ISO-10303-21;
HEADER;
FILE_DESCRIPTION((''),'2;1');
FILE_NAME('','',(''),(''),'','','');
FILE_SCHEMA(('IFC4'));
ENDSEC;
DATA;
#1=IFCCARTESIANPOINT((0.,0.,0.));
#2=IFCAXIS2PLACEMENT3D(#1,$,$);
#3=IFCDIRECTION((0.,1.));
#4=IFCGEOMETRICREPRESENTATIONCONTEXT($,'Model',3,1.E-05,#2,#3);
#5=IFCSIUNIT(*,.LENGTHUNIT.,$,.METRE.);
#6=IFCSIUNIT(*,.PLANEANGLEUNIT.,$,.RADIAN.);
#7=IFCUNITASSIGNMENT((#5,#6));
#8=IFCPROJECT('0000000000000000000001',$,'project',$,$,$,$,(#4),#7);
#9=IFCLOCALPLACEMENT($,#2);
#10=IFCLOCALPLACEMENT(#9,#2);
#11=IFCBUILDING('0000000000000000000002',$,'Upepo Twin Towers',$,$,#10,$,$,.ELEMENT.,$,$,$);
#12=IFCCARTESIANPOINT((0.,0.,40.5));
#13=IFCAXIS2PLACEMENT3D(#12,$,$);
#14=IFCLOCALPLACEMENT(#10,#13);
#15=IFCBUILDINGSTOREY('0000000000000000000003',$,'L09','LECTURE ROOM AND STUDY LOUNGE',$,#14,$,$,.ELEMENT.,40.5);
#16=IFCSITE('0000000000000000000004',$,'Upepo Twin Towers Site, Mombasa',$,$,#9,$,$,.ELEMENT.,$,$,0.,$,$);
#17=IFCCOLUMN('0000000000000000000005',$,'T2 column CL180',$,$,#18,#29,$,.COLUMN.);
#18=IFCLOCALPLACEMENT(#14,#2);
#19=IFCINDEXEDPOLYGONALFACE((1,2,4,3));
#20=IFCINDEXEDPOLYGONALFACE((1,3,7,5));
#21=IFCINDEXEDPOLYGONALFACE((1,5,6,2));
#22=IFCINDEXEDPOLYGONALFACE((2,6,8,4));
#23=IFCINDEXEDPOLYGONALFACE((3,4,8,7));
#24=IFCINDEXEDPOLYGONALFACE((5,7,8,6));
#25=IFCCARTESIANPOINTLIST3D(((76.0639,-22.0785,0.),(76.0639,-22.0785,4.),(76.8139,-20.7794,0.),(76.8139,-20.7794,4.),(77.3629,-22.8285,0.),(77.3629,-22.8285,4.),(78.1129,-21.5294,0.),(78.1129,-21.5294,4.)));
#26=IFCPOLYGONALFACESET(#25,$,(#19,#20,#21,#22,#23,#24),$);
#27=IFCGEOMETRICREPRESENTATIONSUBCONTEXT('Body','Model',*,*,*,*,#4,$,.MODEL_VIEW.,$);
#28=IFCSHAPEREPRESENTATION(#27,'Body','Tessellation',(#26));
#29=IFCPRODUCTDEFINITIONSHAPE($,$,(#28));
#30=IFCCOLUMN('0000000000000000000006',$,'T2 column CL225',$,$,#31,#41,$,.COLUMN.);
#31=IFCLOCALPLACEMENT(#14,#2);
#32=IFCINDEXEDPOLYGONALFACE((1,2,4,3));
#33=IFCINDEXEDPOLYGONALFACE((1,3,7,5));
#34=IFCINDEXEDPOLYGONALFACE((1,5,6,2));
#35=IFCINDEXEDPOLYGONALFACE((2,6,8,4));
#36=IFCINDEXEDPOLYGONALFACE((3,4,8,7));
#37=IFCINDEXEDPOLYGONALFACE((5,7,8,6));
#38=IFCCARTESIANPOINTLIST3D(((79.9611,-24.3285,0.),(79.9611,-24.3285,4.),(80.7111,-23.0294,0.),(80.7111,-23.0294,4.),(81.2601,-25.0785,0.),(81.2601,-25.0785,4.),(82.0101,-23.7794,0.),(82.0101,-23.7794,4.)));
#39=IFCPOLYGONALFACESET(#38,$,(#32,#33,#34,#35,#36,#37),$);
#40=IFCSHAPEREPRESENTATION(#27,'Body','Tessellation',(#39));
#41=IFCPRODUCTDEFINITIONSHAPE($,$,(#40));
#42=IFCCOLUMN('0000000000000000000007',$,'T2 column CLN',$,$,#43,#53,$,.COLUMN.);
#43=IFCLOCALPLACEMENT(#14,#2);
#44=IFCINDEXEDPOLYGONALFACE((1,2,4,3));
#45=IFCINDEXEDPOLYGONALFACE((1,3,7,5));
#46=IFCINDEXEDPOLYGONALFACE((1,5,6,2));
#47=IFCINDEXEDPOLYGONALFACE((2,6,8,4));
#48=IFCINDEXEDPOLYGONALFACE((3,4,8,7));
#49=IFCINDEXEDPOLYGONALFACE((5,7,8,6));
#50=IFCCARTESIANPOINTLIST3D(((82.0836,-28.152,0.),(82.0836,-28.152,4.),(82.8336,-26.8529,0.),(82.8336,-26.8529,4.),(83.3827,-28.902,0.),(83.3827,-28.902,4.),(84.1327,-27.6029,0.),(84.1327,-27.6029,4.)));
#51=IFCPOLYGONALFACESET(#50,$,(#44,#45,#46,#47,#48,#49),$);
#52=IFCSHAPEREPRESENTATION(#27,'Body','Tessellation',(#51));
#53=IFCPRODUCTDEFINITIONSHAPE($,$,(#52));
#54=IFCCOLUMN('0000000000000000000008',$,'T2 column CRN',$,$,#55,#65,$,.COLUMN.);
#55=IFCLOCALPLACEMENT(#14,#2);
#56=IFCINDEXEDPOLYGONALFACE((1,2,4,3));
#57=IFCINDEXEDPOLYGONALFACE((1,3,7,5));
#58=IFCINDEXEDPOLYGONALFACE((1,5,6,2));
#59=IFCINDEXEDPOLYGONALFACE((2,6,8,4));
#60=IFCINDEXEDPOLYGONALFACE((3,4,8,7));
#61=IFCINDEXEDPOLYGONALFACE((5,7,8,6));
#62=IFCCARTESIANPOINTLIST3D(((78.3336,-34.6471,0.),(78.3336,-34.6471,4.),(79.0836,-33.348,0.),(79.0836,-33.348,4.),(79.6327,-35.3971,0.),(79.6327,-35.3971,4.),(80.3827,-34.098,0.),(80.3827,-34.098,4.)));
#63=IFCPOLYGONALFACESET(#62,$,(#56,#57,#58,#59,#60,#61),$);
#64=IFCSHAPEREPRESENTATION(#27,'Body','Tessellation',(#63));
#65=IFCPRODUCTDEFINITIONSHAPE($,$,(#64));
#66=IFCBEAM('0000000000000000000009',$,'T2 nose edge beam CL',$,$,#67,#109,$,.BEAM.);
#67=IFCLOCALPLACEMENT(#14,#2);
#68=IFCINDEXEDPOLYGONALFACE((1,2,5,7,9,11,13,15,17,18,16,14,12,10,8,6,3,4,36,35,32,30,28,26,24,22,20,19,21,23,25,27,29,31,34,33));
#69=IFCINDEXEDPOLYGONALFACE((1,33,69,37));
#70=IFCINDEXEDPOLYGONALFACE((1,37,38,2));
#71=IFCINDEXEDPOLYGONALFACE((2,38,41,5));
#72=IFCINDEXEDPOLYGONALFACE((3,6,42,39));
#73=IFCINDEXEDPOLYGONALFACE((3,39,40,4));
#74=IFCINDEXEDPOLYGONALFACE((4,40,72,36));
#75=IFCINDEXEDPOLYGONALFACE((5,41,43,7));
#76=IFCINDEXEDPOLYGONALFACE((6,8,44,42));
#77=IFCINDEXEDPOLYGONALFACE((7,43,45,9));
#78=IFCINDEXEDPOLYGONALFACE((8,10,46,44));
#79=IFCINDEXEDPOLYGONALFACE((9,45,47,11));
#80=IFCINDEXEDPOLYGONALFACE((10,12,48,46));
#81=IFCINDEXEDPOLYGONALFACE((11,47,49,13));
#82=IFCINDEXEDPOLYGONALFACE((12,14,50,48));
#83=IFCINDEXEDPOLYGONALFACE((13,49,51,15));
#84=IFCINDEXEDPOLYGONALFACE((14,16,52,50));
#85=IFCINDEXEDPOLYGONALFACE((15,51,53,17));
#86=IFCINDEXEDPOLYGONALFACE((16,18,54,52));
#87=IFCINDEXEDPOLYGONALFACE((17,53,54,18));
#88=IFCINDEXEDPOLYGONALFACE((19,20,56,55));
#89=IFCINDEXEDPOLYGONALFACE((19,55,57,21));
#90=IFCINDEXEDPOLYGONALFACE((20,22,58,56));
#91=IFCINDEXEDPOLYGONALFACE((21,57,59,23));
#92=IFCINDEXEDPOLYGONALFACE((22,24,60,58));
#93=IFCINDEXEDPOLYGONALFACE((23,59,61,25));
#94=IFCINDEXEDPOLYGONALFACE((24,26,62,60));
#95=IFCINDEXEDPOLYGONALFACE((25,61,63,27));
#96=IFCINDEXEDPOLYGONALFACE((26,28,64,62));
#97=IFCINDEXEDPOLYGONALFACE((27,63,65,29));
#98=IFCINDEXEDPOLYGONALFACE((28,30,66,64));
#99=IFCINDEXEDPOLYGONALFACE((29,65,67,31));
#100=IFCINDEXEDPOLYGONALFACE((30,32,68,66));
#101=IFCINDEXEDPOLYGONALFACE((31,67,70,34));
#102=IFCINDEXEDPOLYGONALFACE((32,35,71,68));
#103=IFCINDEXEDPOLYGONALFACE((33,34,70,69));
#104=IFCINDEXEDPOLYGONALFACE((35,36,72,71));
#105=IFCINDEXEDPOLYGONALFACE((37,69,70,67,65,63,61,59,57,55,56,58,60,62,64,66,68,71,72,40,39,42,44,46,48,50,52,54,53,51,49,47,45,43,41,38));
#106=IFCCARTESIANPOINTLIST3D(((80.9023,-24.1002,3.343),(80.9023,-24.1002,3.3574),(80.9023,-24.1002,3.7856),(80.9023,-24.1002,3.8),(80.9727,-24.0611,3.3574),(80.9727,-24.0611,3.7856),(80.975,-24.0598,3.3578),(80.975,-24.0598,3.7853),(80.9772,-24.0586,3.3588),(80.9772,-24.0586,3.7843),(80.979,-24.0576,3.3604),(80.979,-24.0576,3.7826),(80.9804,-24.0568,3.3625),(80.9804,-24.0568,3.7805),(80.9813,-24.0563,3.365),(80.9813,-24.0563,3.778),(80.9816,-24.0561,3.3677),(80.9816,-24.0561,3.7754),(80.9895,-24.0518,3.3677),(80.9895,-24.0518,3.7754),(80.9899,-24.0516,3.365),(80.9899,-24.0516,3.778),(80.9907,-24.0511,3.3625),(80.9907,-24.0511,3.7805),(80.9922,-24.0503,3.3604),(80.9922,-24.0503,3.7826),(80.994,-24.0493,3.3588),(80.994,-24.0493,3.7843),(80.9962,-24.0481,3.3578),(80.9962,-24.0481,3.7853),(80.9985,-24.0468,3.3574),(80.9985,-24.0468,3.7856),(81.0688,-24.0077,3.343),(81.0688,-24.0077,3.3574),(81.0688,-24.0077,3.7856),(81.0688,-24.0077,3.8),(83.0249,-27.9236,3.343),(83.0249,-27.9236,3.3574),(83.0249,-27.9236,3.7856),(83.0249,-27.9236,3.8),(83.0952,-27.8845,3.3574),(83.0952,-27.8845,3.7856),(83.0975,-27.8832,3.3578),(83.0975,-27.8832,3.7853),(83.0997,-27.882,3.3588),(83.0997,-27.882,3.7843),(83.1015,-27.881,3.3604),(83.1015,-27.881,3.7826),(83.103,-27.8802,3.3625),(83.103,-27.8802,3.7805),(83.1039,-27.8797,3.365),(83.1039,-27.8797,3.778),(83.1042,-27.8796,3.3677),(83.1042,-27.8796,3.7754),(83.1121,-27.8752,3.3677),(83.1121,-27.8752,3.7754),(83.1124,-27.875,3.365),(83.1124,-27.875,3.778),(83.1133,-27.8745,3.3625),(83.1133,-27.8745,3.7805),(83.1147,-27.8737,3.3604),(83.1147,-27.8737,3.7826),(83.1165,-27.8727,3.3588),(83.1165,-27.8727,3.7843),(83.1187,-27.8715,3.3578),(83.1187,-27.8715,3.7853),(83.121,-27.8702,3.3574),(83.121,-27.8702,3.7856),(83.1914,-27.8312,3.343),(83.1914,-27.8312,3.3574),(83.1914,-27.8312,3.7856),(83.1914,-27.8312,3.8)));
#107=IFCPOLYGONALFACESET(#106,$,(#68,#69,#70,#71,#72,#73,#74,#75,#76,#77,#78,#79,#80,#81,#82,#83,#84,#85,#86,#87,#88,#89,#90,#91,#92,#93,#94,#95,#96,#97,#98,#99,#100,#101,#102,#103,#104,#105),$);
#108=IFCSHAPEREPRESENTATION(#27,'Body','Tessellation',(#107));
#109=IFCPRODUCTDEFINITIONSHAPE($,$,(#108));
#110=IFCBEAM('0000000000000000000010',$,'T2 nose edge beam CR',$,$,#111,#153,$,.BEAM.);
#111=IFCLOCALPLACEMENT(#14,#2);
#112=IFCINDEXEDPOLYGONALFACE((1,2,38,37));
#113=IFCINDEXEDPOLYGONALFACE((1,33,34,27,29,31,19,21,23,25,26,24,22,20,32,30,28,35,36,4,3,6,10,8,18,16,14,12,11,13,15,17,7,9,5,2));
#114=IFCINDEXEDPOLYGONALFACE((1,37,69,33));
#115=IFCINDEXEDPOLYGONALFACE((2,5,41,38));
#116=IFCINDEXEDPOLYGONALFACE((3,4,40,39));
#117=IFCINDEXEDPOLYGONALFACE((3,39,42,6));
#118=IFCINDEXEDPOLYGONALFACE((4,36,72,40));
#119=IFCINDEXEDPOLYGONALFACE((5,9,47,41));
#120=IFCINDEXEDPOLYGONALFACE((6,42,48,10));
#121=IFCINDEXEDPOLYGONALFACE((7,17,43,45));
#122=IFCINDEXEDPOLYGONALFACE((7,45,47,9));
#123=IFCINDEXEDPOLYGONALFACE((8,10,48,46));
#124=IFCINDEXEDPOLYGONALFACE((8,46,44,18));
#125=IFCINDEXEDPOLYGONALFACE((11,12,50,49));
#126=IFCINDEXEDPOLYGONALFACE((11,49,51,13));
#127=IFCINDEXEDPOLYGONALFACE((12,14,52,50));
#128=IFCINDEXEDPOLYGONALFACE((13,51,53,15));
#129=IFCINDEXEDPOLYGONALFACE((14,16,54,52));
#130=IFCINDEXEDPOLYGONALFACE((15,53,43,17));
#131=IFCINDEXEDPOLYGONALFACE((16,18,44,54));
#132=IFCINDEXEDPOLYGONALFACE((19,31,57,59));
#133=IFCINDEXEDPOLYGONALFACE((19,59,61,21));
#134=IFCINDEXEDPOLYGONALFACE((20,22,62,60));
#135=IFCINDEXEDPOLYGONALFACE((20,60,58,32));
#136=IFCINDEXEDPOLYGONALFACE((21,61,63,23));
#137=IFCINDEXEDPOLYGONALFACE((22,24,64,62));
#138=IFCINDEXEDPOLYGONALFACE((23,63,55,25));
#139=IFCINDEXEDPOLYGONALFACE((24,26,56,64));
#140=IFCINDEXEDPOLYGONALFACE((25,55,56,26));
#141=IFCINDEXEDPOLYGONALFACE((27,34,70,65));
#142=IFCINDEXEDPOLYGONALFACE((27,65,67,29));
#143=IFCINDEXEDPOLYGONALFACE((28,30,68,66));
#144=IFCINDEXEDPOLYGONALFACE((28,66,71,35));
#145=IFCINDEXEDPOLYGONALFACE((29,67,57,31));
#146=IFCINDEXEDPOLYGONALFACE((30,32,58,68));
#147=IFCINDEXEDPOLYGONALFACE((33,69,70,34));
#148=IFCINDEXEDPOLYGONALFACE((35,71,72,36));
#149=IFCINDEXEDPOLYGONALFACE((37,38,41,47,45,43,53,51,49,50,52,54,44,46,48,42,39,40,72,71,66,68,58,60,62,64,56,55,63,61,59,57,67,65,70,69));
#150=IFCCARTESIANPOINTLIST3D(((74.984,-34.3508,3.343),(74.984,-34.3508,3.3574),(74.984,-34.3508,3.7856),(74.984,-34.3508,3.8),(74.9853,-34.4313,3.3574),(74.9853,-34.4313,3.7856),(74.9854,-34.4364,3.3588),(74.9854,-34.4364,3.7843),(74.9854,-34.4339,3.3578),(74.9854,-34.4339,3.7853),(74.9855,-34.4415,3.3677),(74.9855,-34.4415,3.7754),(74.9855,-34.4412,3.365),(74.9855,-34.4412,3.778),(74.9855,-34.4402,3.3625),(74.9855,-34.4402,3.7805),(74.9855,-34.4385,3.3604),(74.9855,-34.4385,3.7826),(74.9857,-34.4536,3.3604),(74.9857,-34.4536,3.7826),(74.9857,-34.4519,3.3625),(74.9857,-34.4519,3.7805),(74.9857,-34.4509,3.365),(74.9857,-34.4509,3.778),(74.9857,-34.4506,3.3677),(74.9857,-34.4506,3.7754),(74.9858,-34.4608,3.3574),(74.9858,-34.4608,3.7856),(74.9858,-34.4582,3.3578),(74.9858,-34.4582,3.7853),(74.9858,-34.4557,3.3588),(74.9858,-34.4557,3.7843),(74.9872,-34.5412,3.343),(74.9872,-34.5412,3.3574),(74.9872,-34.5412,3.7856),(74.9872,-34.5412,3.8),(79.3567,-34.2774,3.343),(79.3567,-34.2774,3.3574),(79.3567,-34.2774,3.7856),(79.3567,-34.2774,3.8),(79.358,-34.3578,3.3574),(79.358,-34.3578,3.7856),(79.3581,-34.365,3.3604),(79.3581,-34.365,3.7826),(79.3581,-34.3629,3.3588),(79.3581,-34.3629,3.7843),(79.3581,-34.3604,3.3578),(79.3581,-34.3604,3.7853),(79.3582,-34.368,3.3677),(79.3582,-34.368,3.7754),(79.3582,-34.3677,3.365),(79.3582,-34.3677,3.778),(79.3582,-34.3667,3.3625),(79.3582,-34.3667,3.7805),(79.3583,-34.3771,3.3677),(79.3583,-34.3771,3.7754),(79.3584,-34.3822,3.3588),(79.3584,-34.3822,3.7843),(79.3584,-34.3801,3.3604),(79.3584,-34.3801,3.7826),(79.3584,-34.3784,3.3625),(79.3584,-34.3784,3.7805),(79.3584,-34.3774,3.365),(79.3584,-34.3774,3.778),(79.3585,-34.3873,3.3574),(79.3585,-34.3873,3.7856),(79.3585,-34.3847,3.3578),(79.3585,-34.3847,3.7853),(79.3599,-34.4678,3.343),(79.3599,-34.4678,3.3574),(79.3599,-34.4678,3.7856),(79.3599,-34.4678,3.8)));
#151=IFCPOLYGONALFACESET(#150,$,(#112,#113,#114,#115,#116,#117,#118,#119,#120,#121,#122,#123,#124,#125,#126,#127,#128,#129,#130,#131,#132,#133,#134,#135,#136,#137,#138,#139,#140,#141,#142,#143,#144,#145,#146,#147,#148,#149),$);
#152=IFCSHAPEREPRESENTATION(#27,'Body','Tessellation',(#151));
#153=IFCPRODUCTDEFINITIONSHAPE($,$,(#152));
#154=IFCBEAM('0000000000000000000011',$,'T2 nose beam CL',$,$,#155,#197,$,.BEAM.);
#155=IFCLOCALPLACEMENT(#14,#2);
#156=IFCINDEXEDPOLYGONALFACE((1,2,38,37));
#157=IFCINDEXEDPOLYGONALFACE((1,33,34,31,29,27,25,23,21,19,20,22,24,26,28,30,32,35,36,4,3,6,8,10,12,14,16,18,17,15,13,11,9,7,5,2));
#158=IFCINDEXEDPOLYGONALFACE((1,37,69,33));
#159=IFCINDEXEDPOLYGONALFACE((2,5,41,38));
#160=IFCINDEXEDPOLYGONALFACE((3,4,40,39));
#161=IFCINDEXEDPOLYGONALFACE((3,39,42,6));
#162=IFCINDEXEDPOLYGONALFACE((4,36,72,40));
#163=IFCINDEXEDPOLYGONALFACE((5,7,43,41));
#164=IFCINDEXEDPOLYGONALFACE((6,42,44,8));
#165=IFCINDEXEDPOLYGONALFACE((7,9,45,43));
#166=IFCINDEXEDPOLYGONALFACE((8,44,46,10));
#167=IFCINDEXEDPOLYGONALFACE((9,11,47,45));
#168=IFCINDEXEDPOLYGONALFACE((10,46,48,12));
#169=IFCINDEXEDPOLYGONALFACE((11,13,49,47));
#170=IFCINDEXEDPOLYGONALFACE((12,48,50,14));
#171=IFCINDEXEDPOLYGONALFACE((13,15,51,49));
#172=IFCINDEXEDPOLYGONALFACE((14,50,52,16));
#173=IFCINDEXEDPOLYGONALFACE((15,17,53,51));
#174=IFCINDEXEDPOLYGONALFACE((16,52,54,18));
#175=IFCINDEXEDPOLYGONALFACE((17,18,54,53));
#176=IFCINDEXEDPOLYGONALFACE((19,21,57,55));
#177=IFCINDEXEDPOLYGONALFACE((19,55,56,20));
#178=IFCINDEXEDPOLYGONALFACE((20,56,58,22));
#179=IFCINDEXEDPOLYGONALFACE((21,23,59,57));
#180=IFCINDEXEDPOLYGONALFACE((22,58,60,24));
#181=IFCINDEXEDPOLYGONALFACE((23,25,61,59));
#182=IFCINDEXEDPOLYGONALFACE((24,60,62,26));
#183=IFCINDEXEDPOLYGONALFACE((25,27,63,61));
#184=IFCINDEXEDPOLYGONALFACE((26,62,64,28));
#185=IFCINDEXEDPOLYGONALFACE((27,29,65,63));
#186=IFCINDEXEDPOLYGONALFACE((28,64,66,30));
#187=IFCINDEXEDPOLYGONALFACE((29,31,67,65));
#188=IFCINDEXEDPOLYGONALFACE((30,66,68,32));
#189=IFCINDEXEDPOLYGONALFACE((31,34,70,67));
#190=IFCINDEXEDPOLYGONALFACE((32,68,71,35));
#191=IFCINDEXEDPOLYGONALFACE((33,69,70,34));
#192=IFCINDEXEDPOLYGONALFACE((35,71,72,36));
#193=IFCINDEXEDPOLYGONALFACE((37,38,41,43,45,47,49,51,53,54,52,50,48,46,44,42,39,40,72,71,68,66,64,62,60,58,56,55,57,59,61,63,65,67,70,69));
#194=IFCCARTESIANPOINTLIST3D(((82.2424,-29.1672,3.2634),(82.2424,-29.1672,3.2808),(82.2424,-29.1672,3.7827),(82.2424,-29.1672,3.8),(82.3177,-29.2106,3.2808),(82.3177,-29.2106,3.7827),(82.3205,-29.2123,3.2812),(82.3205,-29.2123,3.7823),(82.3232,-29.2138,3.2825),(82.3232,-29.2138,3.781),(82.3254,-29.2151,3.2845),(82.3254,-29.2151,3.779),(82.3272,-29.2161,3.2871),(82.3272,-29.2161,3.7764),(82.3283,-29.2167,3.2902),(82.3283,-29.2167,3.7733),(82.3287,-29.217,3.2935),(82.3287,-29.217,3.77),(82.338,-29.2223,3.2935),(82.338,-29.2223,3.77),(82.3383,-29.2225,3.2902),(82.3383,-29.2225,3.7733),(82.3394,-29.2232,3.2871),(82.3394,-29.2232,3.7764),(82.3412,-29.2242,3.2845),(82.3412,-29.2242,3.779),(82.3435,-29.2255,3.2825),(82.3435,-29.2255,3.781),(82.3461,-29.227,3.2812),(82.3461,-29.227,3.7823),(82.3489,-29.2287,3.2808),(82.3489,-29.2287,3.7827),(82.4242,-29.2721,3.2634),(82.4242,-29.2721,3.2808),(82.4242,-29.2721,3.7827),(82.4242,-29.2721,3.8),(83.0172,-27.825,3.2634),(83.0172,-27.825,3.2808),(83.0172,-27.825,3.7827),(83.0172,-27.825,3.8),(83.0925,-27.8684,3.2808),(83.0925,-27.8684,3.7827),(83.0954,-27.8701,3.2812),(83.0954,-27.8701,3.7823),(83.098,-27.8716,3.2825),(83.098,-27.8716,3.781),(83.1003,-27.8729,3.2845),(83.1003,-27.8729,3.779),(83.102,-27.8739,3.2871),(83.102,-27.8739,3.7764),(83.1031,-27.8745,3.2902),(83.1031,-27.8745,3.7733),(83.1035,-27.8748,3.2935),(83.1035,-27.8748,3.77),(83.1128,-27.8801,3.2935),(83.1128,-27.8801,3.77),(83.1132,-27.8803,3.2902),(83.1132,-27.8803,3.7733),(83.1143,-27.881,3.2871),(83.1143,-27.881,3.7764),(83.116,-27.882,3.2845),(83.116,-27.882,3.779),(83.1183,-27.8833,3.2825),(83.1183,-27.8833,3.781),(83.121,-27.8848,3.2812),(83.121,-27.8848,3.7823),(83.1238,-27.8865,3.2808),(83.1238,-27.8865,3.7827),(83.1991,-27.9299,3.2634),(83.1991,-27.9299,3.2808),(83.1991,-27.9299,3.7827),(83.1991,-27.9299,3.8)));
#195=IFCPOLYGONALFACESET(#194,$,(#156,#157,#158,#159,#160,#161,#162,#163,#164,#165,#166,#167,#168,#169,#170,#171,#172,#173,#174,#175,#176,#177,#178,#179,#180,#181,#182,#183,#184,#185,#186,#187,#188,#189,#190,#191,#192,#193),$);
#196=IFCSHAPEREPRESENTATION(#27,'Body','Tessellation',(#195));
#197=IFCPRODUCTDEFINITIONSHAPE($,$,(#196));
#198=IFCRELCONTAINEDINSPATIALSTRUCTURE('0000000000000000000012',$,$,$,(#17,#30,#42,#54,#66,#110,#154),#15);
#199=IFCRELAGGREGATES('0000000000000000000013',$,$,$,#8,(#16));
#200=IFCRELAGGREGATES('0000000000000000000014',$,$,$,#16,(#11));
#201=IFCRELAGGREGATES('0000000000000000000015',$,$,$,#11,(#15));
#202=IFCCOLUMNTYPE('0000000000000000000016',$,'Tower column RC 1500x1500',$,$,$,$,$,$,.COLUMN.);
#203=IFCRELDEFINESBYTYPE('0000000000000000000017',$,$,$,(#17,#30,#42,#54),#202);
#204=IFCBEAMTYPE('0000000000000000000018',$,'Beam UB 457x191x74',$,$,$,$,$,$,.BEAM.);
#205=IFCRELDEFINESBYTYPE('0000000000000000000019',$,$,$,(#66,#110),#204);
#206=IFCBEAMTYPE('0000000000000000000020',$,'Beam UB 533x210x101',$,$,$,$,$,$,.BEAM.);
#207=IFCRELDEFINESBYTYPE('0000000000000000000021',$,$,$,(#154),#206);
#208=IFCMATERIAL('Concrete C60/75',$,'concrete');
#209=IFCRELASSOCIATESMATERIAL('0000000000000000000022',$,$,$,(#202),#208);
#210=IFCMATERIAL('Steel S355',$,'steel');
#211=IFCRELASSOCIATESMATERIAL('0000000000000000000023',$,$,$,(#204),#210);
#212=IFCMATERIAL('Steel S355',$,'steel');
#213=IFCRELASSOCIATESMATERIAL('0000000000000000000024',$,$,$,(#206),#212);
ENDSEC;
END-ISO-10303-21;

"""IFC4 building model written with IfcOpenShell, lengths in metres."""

from ifc_helpers import new_model, si_unit, direction, frame, origin, origin_2d, place, context, subcontext, project, spatial, rectangle, i_section, extrude, material, material_profile, profile_set, type_object, element, save


model = new_model("IFC4")

# Units and contexts
model_context = context("Model", 3, precision=1e-05, world=origin(), true_north=direction((0.0, 1.0)))
body_context = subcontext(model_context, "Body", "Model", "MODEL_VIEW")
ifc_project = project(units=[si_unit("LENGTHUNIT", "METRE"), si_unit("PLANEANGLEUNIT", "RADIAN")], contexts=[model_context])

# Site, building, storey
site_placement = place(None, origin())
site = spatial("IfcSite", under=ifc_project, at=site_placement, Name="Upepo Twin Towers Site, Mombasa", CompositionType="ELEMENT", RefElevation=0.0)
building_placement = place(site_placement, origin())
building = spatial("IfcBuilding", under=site, at=building_placement, Name="Upepo Twin Towers", CompositionType="ELEMENT")
storey_placement = place(building_placement, frame((0.0, 0.0, 40.5)))
storey = spatial("IfcBuildingStorey", under=building, at=storey_placement, Name="L09", Description="LECTURE ROOM AND STUDY LOUNGE", CompositionType="ELEMENT", Elevation=40.5)

# Columns
ifc_material_1 = material(Name="Concrete C60/75", Category="concrete")
ifc_material_profile_1 = material_profile(ifc_material_1, rectangle(XDim=1.5, YDim=1.5, at=origin_2d()), Name="RC 1500x1500")
ifc_profile_set_1 = profile_set([ifc_material_profile_1], Name="Concrete C60/75")
column_type = type_object("IfcColumnType", Name="Tower column RC 1500x1500", PredefinedType="COLUMN", material=ifc_profile_set_1)
for number, where, z_axis, x_axis, name in (
    (1, (77.0884, -21.804, 0.0), (0.0, 0.0, 1.0), (0.5, 0.866025, 0.0), "T2 column CL180"),
    (2, (80.9856, -24.054, 0.0), (0.0, 0.0, 1.0), (0.5, 0.866025, 0.0), "T2 column CL225"),
    (3, (83.1082, -27.8774, 0.0), (0.0, 0.0, 1.0), (0.5, 0.866025, 0.0), "T2 column CLN"),
    (4, (79.3582, -34.3726, 0.0), (0.0, 0.0, 1.0), (0.5, 0.866025, 0.0), "T2 column CRN"),
):
    element("IfcColumn", number, at=place(storey_placement, frame(where, z_axis=z_axis, x_axis=x_axis)), inside=storey, type_object=column_type, Name=name, PredefinedType="COLUMN", context=body_context, shape_type="SweptSolid", body=[
        extrude(rectangle(XDim=1.5, YDim=1.5, at=origin_2d()), origin(), (0.0, 0.0, 1.0), 4.0),
    ])

# Beams
ifc_material_2 = material(Name="Steel S355", Category="steel")
ifc_material_profile_2 = material_profile(ifc_material_2, i_section(OverallWidth=0.1904, OverallDepth=0.457, WebThickness=0.009, FlangeThickness=0.0144, FilletRadius=0.0103, at=origin_2d()), Name="UB 457x191x74")
ifc_profile_set_2 = profile_set([ifc_material_profile_2], Name="Steel S355")
beam_type_1 = type_object("IfcBeamType", Name="Beam UB 457x191x74", PredefinedType="BEAM", material=ifc_profile_set_2)
beam_1_placement = place(storey_placement, frame((80.9856, -24.054, 3.5715), z_axis=(0.485363, -0.874313, 0.0), x_axis=(0.874313, 0.485363, 0.0)))
element("IfcBeam", 5, at=beam_1_placement, inside=storey, type_object=beam_type_1, Name="T2 nose edge beam CL", PredefinedType="BEAM", context=body_context, shape_type="SweptSolid", body=[
    extrude(i_section(OverallWidth=0.1904, OverallDepth=0.457, WebThickness=0.009, FlangeThickness=0.0144, FilletRadius=0.0103, at=origin_2d()), origin(), (0.0, 0.0, 1.0), 4.373),
])
beam_2_placement = place(storey_placement, frame((74.9856, -34.446, 3.5715), z_axis=(0.999859, 0.016804, 0.0), x_axis=(-0.016804, 0.999859, 0.0)))
element("IfcBeam", 6, at=beam_2_placement, inside=storey, type_object=beam_type_1, Name="T2 nose edge beam CR", PredefinedType="BEAM", context=body_context, shape_type="SweptSolid", body=[
    extrude(i_section(OverallWidth=0.1904, OverallDepth=0.457, WebThickness=0.009, FlangeThickness=0.0144, FilletRadius=0.0103, at=origin_2d()), origin(), (0.0, 0.0, 1.0), 4.3733),
])
ifc_material_3 = material(Name="Steel S355", Category="steel")
ifc_material_profile_3 = material_profile(ifc_material_3, i_section(OverallWidth=0.21, OverallDepth=0.5366, WebThickness=0.0107, FlangeThickness=0.0173, FilletRadius=0.0127, at=origin_2d()), Name="UB 533x210x101")
ifc_profile_set_3 = profile_set([ifc_material_profile_3], Name="Steel S355")
beam_type_2 = type_object("IfcBeamType", Name="Beam UB 533x210x101", PredefinedType="BEAM", material=ifc_profile_set_3)
for number, where, z_axis, x_axis, name in (
    (7, (83.1082, -27.8774, 3.5317), (-0.499968, -0.866044, 0.0), (0.866044, -0.499968, 0.0), "T2 nose beam CL"),
):
    element("IfcBeam", number, at=place(storey_placement, frame(where, z_axis=z_axis, x_axis=x_axis)), inside=storey, type_object=beam_type_2, Name=name, PredefinedType="BEAM", context=body_context, shape_type="SweptSolid", body=[
        extrude(i_section(OverallWidth=0.21, OverallDepth=0.5366, WebThickness=0.0107, FlangeThickness=0.0173, FilletRadius=0.0127, at=origin_2d()), origin(), (0.0, 0.0, 1.0), 1.5498),
    ])

save(model, "model.ifc")
